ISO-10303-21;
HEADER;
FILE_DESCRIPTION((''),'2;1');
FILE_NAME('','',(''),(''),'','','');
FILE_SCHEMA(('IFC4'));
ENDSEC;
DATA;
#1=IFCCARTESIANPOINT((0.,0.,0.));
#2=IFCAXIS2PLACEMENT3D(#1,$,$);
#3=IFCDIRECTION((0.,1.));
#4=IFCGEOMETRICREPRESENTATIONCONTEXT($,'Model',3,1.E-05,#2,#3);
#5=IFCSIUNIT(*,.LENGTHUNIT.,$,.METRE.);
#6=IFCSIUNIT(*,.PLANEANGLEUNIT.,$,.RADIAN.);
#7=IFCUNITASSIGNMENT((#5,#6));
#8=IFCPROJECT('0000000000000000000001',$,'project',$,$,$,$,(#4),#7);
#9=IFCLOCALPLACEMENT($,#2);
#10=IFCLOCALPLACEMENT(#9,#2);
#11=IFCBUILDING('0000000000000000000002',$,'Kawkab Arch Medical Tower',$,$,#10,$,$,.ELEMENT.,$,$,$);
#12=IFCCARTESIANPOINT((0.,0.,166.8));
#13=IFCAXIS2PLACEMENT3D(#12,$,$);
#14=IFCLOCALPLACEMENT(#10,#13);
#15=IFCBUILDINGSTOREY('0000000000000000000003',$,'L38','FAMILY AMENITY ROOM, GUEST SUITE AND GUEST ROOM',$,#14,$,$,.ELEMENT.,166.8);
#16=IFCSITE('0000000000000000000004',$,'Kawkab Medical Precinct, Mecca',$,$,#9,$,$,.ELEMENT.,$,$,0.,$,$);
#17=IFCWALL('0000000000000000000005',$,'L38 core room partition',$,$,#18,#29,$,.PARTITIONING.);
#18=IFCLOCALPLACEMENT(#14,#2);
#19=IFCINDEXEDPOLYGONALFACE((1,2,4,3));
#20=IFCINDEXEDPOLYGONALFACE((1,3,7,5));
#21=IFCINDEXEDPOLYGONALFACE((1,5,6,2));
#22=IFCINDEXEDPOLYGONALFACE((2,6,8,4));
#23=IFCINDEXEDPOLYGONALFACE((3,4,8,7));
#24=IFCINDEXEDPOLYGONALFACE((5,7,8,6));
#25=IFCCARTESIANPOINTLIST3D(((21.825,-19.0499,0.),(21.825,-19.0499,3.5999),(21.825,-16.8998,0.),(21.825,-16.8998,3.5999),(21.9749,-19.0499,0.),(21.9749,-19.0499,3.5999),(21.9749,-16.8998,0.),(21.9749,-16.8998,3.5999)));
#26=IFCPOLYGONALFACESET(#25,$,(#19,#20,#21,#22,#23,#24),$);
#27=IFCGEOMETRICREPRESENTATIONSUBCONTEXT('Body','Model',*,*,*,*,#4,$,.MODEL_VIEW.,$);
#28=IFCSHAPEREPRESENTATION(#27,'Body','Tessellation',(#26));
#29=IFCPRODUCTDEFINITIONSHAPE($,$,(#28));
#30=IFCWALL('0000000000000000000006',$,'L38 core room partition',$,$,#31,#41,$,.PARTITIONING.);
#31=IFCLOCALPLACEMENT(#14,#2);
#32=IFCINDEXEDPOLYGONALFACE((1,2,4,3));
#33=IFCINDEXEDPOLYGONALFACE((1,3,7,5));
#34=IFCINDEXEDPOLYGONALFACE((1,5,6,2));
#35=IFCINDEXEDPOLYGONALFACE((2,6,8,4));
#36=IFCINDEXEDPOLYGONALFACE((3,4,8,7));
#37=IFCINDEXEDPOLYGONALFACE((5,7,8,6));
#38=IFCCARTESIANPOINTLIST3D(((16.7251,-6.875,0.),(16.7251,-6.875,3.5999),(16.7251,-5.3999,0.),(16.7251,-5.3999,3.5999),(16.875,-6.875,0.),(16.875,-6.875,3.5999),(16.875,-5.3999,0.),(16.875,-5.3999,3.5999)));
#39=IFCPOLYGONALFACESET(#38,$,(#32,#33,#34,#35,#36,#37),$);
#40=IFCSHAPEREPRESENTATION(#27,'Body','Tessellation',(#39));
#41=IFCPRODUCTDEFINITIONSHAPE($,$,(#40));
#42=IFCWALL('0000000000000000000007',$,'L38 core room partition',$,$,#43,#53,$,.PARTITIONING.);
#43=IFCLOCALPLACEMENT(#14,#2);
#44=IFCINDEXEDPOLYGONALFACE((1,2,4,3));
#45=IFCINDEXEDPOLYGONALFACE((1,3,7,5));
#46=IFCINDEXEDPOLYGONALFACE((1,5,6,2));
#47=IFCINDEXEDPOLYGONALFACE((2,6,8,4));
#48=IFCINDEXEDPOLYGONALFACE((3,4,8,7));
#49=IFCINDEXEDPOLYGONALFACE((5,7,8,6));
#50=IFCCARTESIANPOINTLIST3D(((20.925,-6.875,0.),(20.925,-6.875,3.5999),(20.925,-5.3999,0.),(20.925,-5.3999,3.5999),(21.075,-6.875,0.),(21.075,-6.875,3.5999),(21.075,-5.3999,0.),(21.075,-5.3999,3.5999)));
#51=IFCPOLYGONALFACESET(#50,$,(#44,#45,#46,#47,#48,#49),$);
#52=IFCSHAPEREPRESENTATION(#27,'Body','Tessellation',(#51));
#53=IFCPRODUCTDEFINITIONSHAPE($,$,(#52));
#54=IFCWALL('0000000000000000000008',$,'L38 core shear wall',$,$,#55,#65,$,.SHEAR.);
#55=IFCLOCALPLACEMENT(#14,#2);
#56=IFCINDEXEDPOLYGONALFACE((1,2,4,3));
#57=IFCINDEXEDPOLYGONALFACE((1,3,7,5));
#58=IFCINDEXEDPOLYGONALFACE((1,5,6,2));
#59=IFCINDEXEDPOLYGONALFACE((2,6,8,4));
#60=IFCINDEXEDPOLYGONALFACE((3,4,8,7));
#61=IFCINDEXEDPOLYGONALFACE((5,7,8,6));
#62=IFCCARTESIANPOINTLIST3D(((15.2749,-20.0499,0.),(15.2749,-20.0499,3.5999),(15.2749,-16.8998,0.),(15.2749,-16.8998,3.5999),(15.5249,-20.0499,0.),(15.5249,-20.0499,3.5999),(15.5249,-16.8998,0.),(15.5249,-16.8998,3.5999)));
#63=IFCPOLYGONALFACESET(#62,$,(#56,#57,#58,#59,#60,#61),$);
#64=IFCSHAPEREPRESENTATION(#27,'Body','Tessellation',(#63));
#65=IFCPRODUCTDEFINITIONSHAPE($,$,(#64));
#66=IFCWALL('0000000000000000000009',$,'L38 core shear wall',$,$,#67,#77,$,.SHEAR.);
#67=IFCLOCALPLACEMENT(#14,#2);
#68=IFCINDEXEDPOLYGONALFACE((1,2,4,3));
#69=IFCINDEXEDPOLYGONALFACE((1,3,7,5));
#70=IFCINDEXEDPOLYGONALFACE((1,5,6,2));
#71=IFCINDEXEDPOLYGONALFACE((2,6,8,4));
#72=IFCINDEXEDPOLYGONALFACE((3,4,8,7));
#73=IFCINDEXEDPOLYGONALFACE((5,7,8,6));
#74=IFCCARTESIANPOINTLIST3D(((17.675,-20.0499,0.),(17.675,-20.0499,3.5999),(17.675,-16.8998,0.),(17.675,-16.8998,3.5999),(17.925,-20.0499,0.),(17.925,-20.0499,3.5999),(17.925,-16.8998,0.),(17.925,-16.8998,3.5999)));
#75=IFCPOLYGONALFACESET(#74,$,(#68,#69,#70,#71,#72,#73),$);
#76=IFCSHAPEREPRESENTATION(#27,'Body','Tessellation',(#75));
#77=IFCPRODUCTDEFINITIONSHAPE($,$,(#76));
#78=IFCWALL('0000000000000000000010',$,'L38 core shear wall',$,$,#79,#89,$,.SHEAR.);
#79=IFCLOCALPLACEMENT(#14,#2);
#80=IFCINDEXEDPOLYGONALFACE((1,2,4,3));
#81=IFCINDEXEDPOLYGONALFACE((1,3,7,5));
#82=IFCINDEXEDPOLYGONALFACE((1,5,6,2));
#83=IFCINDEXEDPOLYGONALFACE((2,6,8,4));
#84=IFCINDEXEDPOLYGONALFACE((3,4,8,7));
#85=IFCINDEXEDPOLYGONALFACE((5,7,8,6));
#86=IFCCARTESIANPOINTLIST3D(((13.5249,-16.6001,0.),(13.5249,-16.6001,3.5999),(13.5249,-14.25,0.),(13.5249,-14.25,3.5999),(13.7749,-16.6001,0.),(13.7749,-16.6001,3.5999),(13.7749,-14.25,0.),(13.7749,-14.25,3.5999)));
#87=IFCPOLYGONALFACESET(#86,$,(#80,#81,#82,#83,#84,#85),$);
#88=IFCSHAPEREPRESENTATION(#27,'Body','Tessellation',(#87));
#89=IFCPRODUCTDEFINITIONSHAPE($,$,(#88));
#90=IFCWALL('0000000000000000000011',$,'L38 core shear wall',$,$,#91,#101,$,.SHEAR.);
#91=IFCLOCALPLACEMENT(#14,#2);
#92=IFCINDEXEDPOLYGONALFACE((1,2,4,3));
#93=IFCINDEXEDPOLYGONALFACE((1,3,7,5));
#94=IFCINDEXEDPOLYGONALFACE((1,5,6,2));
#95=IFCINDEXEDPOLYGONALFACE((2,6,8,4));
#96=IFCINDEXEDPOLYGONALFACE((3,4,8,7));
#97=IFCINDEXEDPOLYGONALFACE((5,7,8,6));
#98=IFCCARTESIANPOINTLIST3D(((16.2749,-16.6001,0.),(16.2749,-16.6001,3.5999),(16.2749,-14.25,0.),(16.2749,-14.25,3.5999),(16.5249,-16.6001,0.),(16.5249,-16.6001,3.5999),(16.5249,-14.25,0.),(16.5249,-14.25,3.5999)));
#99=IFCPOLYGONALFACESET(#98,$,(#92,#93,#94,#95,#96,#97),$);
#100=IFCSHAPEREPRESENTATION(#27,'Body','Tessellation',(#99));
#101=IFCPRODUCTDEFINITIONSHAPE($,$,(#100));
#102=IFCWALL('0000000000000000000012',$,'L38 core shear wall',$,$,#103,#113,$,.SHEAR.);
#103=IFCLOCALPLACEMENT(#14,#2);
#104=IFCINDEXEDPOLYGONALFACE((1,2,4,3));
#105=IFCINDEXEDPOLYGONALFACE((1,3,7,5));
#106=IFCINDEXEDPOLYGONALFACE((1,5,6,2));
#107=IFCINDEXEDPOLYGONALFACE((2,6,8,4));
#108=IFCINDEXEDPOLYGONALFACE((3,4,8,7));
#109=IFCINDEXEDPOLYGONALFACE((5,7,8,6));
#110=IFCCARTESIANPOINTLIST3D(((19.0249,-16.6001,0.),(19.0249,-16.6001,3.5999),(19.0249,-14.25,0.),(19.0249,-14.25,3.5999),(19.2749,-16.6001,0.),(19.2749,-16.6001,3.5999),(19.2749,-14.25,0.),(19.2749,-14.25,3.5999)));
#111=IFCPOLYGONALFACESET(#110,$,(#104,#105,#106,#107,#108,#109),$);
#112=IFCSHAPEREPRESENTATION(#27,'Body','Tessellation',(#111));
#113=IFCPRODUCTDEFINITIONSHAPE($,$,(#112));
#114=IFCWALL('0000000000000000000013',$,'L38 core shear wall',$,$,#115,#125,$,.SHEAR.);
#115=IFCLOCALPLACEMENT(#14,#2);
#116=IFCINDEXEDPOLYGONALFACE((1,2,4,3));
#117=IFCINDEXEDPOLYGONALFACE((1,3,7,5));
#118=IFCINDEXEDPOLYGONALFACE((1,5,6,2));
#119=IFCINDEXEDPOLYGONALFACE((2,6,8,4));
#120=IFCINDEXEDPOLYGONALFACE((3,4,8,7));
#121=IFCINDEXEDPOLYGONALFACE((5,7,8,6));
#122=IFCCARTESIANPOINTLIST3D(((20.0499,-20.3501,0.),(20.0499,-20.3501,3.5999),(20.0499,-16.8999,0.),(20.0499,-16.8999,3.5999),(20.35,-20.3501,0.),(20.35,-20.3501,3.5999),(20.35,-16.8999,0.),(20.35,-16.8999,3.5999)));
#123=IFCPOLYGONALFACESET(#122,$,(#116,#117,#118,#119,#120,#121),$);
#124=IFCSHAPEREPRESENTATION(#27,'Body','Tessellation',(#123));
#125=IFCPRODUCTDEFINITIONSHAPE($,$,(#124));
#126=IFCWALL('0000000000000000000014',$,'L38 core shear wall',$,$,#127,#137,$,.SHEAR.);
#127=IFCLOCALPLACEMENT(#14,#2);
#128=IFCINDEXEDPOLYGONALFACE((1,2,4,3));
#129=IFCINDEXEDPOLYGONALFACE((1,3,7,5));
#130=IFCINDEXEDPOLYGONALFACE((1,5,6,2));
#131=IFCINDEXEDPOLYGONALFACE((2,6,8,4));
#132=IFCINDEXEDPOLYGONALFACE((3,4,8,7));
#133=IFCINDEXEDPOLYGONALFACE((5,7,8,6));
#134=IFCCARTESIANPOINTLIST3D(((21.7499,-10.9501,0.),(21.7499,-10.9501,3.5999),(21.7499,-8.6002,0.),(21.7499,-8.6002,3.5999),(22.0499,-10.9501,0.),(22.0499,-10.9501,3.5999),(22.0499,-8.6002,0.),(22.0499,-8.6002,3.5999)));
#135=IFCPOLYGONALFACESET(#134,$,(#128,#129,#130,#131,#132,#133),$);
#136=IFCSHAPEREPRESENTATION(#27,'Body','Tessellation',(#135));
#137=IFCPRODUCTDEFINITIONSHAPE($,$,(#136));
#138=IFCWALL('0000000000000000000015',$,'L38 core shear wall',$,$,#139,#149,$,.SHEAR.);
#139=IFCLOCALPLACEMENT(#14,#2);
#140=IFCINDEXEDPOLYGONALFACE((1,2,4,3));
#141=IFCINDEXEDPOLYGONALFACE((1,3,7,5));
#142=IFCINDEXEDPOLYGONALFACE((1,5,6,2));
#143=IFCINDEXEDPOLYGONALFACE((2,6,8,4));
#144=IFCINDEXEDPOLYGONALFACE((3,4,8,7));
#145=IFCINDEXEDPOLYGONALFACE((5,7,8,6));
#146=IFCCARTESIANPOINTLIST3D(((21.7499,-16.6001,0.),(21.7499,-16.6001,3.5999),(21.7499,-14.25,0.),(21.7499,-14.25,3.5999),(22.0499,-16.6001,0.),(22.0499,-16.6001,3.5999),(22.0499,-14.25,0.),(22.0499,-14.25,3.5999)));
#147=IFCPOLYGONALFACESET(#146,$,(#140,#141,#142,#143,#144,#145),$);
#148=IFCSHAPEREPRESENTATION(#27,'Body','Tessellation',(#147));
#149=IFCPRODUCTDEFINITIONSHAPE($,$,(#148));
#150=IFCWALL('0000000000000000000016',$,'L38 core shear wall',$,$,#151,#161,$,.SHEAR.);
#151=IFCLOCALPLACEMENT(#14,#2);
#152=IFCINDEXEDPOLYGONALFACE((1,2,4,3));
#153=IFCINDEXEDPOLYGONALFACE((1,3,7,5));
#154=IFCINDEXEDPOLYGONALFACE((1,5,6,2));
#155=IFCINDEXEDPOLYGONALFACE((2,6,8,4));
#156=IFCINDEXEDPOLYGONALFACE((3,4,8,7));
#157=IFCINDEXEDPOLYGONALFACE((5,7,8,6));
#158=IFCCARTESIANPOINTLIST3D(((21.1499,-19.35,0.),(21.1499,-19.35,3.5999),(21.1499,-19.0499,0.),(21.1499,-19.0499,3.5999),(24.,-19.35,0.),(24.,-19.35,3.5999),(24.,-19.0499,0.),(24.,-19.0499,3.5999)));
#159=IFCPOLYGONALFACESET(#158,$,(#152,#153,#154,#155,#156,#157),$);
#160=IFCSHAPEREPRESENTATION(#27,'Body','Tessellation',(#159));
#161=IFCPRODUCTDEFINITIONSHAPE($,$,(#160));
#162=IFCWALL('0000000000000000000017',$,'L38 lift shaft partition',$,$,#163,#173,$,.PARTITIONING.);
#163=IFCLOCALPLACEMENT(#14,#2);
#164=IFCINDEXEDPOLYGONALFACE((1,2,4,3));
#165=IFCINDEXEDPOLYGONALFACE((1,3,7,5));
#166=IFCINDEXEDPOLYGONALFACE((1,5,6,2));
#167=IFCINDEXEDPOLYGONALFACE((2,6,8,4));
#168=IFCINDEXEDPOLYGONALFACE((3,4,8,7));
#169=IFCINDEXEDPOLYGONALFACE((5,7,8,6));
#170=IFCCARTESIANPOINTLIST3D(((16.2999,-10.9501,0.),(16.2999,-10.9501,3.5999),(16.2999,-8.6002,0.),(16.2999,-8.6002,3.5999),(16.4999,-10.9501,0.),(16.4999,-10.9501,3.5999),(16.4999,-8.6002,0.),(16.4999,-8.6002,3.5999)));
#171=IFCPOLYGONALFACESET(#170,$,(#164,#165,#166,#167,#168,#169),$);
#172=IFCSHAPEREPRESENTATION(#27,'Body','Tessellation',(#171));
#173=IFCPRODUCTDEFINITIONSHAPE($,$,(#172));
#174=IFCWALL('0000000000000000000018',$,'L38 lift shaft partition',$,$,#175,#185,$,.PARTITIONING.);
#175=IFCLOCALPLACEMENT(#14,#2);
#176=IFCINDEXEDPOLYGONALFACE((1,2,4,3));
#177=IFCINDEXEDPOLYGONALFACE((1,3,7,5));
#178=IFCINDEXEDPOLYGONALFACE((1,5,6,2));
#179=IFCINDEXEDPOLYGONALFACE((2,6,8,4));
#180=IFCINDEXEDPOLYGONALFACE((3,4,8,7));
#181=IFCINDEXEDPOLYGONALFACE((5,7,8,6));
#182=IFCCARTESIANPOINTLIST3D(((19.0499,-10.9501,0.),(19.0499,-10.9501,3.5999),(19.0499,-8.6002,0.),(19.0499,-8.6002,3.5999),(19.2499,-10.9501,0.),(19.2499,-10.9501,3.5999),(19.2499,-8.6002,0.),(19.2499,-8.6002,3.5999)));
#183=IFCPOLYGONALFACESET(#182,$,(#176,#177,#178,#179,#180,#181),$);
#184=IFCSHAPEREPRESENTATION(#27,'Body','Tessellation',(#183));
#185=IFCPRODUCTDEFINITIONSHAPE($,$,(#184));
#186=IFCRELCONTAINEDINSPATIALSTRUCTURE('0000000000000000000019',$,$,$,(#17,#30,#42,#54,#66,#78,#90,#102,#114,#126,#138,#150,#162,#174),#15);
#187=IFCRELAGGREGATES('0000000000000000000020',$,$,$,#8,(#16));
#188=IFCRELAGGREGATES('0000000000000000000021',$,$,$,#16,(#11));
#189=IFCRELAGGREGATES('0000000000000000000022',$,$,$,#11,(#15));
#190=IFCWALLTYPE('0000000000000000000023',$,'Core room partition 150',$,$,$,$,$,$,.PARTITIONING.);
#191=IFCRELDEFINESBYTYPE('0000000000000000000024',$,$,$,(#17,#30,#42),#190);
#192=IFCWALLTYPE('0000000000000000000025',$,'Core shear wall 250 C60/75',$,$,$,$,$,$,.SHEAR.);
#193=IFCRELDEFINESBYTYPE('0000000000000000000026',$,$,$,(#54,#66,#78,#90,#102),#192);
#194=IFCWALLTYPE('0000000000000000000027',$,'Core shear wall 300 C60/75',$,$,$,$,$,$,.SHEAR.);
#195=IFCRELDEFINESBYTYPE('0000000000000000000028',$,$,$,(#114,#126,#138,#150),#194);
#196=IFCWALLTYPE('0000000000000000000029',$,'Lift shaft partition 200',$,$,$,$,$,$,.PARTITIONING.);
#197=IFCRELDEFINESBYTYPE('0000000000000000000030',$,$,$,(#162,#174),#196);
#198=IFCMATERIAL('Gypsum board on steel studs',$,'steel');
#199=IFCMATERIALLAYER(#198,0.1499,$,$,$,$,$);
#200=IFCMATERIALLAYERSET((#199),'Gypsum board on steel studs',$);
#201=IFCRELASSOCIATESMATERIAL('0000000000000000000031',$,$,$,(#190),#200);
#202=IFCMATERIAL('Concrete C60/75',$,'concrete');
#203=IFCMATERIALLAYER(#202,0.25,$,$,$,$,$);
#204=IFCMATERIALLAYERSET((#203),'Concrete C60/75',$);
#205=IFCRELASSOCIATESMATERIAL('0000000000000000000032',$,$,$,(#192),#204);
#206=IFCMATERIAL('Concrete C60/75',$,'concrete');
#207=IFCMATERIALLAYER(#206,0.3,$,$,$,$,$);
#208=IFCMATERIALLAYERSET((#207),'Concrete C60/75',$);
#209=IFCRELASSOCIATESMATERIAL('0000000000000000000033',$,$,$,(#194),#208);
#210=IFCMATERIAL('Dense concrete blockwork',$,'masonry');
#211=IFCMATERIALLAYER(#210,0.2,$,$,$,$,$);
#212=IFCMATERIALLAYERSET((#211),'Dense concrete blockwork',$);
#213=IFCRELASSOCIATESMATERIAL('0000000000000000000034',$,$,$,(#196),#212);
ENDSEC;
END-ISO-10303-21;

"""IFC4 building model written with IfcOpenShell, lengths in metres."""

from ifc_helpers import new_model, si_unit, direction, frame, frame_2d, origin, place, context, subcontext, project, spatial, rectangle, extrude, material, layer, layer_set, type_object, element, save


model = new_model("IFC4")

# Units and contexts
model_context = context("Model", 3, precision=1e-05, world=origin(), true_north=direction((0.0, 1.0)))
body_context = subcontext(model_context, "Body", "Model", "MODEL_VIEW")
ifc_project = project(units=[si_unit("LENGTHUNIT", "METRE"), si_unit("PLANEANGLEUNIT", "RADIAN")], contexts=[model_context])

# Site, building, storey
site_placement = place(None, origin())
site = spatial("IfcSite", under=ifc_project, at=site_placement, Name="Kawkab Medical Precinct, Mecca", CompositionType="ELEMENT", RefElevation=0.0)
building_placement = place(site_placement, origin())
building = spatial("IfcBuilding", under=site, at=building_placement, Name="Kawkab Arch Medical Tower", CompositionType="ELEMENT")
storey_placement = place(building_placement, frame((0.0, 0.0, 166.8)))
storey = spatial("IfcBuildingStorey", under=building, at=storey_placement, Name="L38", Description="FAMILY AMENITY ROOM, GUEST SUITE AND GUEST ROOM", CompositionType="ELEMENT", Elevation=166.8)

# Walls
ifc_material_1 = material(Name="Gypsum board on steel studs", Category="steel")
ifc_layer_1 = layer(ifc_material_1, 0.1499)
ifc_layer_set_1 = layer_set([ifc_layer_1], Name="Gypsum board on steel studs")
wall_type_1 = type_object("IfcWallType", Name="Core room partition 150", PredefinedType="PARTITIONING", material=ifc_layer_set_1)
wall_1_placement = place(storey_placement, frame((21.8999, -19.05, 0.0), z_axis=(0.0, 0.0, 1.0), x_axis=(0.0, 1.0, 0.0)))
element("IfcWall", 1, at=wall_1_placement, inside=storey, type_object=wall_type_1, Name="L38 core room partition", PredefinedType="PARTITIONING", context=body_context, shape_type="SweptSolid", body=[
    extrude(rectangle(XDim=2.1501, YDim=0.1499, at=frame_2d((1.0752, 0.0))), origin(), (0.0, 0.0, 1.0), 3.5999),
])
for number, where, z_axis, x_axis, name in (
    (2, (16.8, -6.875, 0.0), (0.0, 0.0, 1.0), (0.0, 1.0, 0.0), "L38 core room partition"),
    (3, (21.0, -6.875, 0.0), (0.0, 0.0, 1.0), (0.0, 1.0, 0.0), "L38 core room partition"),
):
    element("IfcWall", number, at=place(storey_placement, frame(where, z_axis=z_axis, x_axis=x_axis)), inside=storey, type_object=wall_type_1, Name=name, PredefinedType="PARTITIONING", context=body_context, shape_type="SweptSolid", body=[
        extrude(rectangle(XDim=1.4751, YDim=0.1499, at=frame_2d((0.7375, 0.0))), origin(), (0.0, 0.0, 1.0), 3.5999),
    ])
ifc_material_2 = material(Name="Concrete C60/75", Category="concrete")
ifc_layer_2 = layer(ifc_material_2, 0.25)
ifc_layer_set_2 = layer_set([ifc_layer_2], Name="Concrete C60/75")
wall_type_2 = type_object("IfcWallType", Name="Core shear wall 250 C60/75", PredefinedType="SHEAR", material=ifc_layer_set_2)
for number, where, z_axis, x_axis, name in (
    (4, (15.3999, -20.05, 0.0), (0.0, 0.0, 1.0), (0.0, 1.0, 0.0), "L38 core shear wall"),
    (5, (17.8, -20.05, 0.0), (0.0, 0.0, 1.0), (0.0, 1.0, 0.0), "L38 core shear wall"),
):
    element("IfcWall", number, at=place(storey_placement, frame(where, z_axis=z_axis, x_axis=x_axis)), inside=storey, type_object=wall_type_2, Name=name, PredefinedType="SHEAR", context=body_context, shape_type="SweptSolid", body=[
        extrude(rectangle(XDim=3.1501, YDim=0.25, at=frame_2d((1.5752, 0.0))), origin(), (0.0, 0.0, 1.0), 3.5999),
    ])
for number, where, z_axis, x_axis, name in (
    (6, (13.6499, -16.6001, 0.0), (0.0, 0.0, 1.0), (0.0, 1.0, 0.0), "L38 core shear wall"),
    (7, (16.3999, -16.6001, 0.0), (0.0, 0.0, 1.0), (0.0, 1.0, 0.0), "L38 core shear wall"),
    (8, (19.1499, -16.6001, 0.0), (0.0, 0.0, 1.0), (0.0, 1.0, 0.0), "L38 core shear wall"),
):
    element("IfcWall", number, at=place(storey_placement, frame(where, z_axis=z_axis, x_axis=x_axis)), inside=storey, type_object=wall_type_2, Name=name, PredefinedType="SHEAR", context=body_context, shape_type="SweptSolid", body=[
        extrude(rectangle(XDim=2.3501, YDim=0.25, at=frame_2d((1.175, 0.0))), origin(), (0.0, 0.0, 1.0), 3.5999),
    ])
ifc_material_3 = material(Name="Concrete C60/75", Category="concrete")
ifc_layer_3 = layer(ifc_material_3, 0.3)
ifc_layer_set_3 = layer_set([ifc_layer_3], Name="Concrete C60/75")
wall_type_3 = type_object("IfcWallType", Name="Core shear wall 300 C60/75", PredefinedType="SHEAR", material=ifc_layer_set_3)
wall_2_placement = place(storey_placement, frame((20.2, -20.3501, 0.0), z_axis=(0.0, 0.0, 1.0), x_axis=(0.0, 1.0, 0.0)))
element("IfcWall", 9, at=wall_2_placement, inside=storey, type_object=wall_type_3, Name="L38 core shear wall", PredefinedType="SHEAR", context=body_context, shape_type="SweptSolid", body=[
    extrude(rectangle(XDim=3.4502, YDim=0.3, at=frame_2d((1.7251, 0.0))), origin(), (0.0, 0.0, 1.0), 3.5999),
])
wall_3_placement = place(storey_placement, frame((21.8999, -10.95, 0.0), z_axis=(0.0, 0.0, 1.0), x_axis=(0.0, 1.0, 0.0)))
element("IfcWall", 10, at=wall_3_placement, inside=storey, type_object=wall_type_3, Name="L38 core shear wall", PredefinedType="SHEAR", context=body_context, shape_type="SweptSolid", body=[
    extrude(rectangle(XDim=2.3499, YDim=0.3, at=frame_2d((1.1748, 0.0))), origin(), (0.0, 0.0, 1.0), 3.5999),
])
wall_4_placement = place(storey_placement, frame((21.8999, -16.6001, 0.0), z_axis=(0.0, 0.0, 1.0), x_axis=(0.0, 1.0, 0.0)))
element("IfcWall", 11, at=wall_4_placement, inside=storey, type_object=wall_type_3, Name="L38 core shear wall", PredefinedType="SHEAR", context=body_context, shape_type="SweptSolid", body=[
    extrude(rectangle(XDim=2.3501, YDim=0.3, at=frame_2d((1.175, 0.0))), origin(), (0.0, 0.0, 1.0), 3.5999),
])
wall_5_placement = place(storey_placement, frame((21.1499, -19.2, 0.0), z_axis=(0.0, 0.0, 1.0), x_axis=(1.0, 0.0, 0.0)))
element("IfcWall", 12, at=wall_5_placement, inside=storey, type_object=wall_type_3, Name="L38 core shear wall", PredefinedType="SHEAR", context=body_context, shape_type="SweptSolid", body=[
    extrude(rectangle(XDim=2.8501, YDim=0.3, at=frame_2d((1.425, 0.0))), origin(), (0.0, 0.0, 1.0), 3.5999),
])
ifc_material_4 = material(Name="Dense concrete blockwork", Category="masonry")
ifc_layer_4 = layer(ifc_material_4, 0.2)
ifc_layer_set_4 = layer_set([ifc_layer_4], Name="Dense concrete blockwork")
wall_type_4 = type_object("IfcWallType", Name="Lift shaft partition 200", PredefinedType="PARTITIONING", material=ifc_layer_set_4)
for number, where, z_axis, x_axis, name in (
    (13, (16.3999, -10.95, 0.0), (0.0, 0.0, 1.0), (0.0, 1.0, 0.0), "L38 lift shaft partition"),
    (14, (19.1499, -10.95, 0.0), (0.0, 0.0, 1.0), (0.0, 1.0, 0.0), "L38 lift shaft partition"),
):
    element("IfcWall", number, at=place(storey_placement, frame(where, z_axis=z_axis, x_axis=x_axis)), inside=storey, type_object=wall_type_4, Name=name, PredefinedType="PARTITIONING", context=body_context, shape_type="SweptSolid", body=[
        extrude(rectangle(XDim=2.3499, YDim=0.2, at=frame_2d((1.1748, 0.0))), origin(), (0.0, 0.0, 1.0), 3.5999),
    ])

save(model, "model.ifc")
